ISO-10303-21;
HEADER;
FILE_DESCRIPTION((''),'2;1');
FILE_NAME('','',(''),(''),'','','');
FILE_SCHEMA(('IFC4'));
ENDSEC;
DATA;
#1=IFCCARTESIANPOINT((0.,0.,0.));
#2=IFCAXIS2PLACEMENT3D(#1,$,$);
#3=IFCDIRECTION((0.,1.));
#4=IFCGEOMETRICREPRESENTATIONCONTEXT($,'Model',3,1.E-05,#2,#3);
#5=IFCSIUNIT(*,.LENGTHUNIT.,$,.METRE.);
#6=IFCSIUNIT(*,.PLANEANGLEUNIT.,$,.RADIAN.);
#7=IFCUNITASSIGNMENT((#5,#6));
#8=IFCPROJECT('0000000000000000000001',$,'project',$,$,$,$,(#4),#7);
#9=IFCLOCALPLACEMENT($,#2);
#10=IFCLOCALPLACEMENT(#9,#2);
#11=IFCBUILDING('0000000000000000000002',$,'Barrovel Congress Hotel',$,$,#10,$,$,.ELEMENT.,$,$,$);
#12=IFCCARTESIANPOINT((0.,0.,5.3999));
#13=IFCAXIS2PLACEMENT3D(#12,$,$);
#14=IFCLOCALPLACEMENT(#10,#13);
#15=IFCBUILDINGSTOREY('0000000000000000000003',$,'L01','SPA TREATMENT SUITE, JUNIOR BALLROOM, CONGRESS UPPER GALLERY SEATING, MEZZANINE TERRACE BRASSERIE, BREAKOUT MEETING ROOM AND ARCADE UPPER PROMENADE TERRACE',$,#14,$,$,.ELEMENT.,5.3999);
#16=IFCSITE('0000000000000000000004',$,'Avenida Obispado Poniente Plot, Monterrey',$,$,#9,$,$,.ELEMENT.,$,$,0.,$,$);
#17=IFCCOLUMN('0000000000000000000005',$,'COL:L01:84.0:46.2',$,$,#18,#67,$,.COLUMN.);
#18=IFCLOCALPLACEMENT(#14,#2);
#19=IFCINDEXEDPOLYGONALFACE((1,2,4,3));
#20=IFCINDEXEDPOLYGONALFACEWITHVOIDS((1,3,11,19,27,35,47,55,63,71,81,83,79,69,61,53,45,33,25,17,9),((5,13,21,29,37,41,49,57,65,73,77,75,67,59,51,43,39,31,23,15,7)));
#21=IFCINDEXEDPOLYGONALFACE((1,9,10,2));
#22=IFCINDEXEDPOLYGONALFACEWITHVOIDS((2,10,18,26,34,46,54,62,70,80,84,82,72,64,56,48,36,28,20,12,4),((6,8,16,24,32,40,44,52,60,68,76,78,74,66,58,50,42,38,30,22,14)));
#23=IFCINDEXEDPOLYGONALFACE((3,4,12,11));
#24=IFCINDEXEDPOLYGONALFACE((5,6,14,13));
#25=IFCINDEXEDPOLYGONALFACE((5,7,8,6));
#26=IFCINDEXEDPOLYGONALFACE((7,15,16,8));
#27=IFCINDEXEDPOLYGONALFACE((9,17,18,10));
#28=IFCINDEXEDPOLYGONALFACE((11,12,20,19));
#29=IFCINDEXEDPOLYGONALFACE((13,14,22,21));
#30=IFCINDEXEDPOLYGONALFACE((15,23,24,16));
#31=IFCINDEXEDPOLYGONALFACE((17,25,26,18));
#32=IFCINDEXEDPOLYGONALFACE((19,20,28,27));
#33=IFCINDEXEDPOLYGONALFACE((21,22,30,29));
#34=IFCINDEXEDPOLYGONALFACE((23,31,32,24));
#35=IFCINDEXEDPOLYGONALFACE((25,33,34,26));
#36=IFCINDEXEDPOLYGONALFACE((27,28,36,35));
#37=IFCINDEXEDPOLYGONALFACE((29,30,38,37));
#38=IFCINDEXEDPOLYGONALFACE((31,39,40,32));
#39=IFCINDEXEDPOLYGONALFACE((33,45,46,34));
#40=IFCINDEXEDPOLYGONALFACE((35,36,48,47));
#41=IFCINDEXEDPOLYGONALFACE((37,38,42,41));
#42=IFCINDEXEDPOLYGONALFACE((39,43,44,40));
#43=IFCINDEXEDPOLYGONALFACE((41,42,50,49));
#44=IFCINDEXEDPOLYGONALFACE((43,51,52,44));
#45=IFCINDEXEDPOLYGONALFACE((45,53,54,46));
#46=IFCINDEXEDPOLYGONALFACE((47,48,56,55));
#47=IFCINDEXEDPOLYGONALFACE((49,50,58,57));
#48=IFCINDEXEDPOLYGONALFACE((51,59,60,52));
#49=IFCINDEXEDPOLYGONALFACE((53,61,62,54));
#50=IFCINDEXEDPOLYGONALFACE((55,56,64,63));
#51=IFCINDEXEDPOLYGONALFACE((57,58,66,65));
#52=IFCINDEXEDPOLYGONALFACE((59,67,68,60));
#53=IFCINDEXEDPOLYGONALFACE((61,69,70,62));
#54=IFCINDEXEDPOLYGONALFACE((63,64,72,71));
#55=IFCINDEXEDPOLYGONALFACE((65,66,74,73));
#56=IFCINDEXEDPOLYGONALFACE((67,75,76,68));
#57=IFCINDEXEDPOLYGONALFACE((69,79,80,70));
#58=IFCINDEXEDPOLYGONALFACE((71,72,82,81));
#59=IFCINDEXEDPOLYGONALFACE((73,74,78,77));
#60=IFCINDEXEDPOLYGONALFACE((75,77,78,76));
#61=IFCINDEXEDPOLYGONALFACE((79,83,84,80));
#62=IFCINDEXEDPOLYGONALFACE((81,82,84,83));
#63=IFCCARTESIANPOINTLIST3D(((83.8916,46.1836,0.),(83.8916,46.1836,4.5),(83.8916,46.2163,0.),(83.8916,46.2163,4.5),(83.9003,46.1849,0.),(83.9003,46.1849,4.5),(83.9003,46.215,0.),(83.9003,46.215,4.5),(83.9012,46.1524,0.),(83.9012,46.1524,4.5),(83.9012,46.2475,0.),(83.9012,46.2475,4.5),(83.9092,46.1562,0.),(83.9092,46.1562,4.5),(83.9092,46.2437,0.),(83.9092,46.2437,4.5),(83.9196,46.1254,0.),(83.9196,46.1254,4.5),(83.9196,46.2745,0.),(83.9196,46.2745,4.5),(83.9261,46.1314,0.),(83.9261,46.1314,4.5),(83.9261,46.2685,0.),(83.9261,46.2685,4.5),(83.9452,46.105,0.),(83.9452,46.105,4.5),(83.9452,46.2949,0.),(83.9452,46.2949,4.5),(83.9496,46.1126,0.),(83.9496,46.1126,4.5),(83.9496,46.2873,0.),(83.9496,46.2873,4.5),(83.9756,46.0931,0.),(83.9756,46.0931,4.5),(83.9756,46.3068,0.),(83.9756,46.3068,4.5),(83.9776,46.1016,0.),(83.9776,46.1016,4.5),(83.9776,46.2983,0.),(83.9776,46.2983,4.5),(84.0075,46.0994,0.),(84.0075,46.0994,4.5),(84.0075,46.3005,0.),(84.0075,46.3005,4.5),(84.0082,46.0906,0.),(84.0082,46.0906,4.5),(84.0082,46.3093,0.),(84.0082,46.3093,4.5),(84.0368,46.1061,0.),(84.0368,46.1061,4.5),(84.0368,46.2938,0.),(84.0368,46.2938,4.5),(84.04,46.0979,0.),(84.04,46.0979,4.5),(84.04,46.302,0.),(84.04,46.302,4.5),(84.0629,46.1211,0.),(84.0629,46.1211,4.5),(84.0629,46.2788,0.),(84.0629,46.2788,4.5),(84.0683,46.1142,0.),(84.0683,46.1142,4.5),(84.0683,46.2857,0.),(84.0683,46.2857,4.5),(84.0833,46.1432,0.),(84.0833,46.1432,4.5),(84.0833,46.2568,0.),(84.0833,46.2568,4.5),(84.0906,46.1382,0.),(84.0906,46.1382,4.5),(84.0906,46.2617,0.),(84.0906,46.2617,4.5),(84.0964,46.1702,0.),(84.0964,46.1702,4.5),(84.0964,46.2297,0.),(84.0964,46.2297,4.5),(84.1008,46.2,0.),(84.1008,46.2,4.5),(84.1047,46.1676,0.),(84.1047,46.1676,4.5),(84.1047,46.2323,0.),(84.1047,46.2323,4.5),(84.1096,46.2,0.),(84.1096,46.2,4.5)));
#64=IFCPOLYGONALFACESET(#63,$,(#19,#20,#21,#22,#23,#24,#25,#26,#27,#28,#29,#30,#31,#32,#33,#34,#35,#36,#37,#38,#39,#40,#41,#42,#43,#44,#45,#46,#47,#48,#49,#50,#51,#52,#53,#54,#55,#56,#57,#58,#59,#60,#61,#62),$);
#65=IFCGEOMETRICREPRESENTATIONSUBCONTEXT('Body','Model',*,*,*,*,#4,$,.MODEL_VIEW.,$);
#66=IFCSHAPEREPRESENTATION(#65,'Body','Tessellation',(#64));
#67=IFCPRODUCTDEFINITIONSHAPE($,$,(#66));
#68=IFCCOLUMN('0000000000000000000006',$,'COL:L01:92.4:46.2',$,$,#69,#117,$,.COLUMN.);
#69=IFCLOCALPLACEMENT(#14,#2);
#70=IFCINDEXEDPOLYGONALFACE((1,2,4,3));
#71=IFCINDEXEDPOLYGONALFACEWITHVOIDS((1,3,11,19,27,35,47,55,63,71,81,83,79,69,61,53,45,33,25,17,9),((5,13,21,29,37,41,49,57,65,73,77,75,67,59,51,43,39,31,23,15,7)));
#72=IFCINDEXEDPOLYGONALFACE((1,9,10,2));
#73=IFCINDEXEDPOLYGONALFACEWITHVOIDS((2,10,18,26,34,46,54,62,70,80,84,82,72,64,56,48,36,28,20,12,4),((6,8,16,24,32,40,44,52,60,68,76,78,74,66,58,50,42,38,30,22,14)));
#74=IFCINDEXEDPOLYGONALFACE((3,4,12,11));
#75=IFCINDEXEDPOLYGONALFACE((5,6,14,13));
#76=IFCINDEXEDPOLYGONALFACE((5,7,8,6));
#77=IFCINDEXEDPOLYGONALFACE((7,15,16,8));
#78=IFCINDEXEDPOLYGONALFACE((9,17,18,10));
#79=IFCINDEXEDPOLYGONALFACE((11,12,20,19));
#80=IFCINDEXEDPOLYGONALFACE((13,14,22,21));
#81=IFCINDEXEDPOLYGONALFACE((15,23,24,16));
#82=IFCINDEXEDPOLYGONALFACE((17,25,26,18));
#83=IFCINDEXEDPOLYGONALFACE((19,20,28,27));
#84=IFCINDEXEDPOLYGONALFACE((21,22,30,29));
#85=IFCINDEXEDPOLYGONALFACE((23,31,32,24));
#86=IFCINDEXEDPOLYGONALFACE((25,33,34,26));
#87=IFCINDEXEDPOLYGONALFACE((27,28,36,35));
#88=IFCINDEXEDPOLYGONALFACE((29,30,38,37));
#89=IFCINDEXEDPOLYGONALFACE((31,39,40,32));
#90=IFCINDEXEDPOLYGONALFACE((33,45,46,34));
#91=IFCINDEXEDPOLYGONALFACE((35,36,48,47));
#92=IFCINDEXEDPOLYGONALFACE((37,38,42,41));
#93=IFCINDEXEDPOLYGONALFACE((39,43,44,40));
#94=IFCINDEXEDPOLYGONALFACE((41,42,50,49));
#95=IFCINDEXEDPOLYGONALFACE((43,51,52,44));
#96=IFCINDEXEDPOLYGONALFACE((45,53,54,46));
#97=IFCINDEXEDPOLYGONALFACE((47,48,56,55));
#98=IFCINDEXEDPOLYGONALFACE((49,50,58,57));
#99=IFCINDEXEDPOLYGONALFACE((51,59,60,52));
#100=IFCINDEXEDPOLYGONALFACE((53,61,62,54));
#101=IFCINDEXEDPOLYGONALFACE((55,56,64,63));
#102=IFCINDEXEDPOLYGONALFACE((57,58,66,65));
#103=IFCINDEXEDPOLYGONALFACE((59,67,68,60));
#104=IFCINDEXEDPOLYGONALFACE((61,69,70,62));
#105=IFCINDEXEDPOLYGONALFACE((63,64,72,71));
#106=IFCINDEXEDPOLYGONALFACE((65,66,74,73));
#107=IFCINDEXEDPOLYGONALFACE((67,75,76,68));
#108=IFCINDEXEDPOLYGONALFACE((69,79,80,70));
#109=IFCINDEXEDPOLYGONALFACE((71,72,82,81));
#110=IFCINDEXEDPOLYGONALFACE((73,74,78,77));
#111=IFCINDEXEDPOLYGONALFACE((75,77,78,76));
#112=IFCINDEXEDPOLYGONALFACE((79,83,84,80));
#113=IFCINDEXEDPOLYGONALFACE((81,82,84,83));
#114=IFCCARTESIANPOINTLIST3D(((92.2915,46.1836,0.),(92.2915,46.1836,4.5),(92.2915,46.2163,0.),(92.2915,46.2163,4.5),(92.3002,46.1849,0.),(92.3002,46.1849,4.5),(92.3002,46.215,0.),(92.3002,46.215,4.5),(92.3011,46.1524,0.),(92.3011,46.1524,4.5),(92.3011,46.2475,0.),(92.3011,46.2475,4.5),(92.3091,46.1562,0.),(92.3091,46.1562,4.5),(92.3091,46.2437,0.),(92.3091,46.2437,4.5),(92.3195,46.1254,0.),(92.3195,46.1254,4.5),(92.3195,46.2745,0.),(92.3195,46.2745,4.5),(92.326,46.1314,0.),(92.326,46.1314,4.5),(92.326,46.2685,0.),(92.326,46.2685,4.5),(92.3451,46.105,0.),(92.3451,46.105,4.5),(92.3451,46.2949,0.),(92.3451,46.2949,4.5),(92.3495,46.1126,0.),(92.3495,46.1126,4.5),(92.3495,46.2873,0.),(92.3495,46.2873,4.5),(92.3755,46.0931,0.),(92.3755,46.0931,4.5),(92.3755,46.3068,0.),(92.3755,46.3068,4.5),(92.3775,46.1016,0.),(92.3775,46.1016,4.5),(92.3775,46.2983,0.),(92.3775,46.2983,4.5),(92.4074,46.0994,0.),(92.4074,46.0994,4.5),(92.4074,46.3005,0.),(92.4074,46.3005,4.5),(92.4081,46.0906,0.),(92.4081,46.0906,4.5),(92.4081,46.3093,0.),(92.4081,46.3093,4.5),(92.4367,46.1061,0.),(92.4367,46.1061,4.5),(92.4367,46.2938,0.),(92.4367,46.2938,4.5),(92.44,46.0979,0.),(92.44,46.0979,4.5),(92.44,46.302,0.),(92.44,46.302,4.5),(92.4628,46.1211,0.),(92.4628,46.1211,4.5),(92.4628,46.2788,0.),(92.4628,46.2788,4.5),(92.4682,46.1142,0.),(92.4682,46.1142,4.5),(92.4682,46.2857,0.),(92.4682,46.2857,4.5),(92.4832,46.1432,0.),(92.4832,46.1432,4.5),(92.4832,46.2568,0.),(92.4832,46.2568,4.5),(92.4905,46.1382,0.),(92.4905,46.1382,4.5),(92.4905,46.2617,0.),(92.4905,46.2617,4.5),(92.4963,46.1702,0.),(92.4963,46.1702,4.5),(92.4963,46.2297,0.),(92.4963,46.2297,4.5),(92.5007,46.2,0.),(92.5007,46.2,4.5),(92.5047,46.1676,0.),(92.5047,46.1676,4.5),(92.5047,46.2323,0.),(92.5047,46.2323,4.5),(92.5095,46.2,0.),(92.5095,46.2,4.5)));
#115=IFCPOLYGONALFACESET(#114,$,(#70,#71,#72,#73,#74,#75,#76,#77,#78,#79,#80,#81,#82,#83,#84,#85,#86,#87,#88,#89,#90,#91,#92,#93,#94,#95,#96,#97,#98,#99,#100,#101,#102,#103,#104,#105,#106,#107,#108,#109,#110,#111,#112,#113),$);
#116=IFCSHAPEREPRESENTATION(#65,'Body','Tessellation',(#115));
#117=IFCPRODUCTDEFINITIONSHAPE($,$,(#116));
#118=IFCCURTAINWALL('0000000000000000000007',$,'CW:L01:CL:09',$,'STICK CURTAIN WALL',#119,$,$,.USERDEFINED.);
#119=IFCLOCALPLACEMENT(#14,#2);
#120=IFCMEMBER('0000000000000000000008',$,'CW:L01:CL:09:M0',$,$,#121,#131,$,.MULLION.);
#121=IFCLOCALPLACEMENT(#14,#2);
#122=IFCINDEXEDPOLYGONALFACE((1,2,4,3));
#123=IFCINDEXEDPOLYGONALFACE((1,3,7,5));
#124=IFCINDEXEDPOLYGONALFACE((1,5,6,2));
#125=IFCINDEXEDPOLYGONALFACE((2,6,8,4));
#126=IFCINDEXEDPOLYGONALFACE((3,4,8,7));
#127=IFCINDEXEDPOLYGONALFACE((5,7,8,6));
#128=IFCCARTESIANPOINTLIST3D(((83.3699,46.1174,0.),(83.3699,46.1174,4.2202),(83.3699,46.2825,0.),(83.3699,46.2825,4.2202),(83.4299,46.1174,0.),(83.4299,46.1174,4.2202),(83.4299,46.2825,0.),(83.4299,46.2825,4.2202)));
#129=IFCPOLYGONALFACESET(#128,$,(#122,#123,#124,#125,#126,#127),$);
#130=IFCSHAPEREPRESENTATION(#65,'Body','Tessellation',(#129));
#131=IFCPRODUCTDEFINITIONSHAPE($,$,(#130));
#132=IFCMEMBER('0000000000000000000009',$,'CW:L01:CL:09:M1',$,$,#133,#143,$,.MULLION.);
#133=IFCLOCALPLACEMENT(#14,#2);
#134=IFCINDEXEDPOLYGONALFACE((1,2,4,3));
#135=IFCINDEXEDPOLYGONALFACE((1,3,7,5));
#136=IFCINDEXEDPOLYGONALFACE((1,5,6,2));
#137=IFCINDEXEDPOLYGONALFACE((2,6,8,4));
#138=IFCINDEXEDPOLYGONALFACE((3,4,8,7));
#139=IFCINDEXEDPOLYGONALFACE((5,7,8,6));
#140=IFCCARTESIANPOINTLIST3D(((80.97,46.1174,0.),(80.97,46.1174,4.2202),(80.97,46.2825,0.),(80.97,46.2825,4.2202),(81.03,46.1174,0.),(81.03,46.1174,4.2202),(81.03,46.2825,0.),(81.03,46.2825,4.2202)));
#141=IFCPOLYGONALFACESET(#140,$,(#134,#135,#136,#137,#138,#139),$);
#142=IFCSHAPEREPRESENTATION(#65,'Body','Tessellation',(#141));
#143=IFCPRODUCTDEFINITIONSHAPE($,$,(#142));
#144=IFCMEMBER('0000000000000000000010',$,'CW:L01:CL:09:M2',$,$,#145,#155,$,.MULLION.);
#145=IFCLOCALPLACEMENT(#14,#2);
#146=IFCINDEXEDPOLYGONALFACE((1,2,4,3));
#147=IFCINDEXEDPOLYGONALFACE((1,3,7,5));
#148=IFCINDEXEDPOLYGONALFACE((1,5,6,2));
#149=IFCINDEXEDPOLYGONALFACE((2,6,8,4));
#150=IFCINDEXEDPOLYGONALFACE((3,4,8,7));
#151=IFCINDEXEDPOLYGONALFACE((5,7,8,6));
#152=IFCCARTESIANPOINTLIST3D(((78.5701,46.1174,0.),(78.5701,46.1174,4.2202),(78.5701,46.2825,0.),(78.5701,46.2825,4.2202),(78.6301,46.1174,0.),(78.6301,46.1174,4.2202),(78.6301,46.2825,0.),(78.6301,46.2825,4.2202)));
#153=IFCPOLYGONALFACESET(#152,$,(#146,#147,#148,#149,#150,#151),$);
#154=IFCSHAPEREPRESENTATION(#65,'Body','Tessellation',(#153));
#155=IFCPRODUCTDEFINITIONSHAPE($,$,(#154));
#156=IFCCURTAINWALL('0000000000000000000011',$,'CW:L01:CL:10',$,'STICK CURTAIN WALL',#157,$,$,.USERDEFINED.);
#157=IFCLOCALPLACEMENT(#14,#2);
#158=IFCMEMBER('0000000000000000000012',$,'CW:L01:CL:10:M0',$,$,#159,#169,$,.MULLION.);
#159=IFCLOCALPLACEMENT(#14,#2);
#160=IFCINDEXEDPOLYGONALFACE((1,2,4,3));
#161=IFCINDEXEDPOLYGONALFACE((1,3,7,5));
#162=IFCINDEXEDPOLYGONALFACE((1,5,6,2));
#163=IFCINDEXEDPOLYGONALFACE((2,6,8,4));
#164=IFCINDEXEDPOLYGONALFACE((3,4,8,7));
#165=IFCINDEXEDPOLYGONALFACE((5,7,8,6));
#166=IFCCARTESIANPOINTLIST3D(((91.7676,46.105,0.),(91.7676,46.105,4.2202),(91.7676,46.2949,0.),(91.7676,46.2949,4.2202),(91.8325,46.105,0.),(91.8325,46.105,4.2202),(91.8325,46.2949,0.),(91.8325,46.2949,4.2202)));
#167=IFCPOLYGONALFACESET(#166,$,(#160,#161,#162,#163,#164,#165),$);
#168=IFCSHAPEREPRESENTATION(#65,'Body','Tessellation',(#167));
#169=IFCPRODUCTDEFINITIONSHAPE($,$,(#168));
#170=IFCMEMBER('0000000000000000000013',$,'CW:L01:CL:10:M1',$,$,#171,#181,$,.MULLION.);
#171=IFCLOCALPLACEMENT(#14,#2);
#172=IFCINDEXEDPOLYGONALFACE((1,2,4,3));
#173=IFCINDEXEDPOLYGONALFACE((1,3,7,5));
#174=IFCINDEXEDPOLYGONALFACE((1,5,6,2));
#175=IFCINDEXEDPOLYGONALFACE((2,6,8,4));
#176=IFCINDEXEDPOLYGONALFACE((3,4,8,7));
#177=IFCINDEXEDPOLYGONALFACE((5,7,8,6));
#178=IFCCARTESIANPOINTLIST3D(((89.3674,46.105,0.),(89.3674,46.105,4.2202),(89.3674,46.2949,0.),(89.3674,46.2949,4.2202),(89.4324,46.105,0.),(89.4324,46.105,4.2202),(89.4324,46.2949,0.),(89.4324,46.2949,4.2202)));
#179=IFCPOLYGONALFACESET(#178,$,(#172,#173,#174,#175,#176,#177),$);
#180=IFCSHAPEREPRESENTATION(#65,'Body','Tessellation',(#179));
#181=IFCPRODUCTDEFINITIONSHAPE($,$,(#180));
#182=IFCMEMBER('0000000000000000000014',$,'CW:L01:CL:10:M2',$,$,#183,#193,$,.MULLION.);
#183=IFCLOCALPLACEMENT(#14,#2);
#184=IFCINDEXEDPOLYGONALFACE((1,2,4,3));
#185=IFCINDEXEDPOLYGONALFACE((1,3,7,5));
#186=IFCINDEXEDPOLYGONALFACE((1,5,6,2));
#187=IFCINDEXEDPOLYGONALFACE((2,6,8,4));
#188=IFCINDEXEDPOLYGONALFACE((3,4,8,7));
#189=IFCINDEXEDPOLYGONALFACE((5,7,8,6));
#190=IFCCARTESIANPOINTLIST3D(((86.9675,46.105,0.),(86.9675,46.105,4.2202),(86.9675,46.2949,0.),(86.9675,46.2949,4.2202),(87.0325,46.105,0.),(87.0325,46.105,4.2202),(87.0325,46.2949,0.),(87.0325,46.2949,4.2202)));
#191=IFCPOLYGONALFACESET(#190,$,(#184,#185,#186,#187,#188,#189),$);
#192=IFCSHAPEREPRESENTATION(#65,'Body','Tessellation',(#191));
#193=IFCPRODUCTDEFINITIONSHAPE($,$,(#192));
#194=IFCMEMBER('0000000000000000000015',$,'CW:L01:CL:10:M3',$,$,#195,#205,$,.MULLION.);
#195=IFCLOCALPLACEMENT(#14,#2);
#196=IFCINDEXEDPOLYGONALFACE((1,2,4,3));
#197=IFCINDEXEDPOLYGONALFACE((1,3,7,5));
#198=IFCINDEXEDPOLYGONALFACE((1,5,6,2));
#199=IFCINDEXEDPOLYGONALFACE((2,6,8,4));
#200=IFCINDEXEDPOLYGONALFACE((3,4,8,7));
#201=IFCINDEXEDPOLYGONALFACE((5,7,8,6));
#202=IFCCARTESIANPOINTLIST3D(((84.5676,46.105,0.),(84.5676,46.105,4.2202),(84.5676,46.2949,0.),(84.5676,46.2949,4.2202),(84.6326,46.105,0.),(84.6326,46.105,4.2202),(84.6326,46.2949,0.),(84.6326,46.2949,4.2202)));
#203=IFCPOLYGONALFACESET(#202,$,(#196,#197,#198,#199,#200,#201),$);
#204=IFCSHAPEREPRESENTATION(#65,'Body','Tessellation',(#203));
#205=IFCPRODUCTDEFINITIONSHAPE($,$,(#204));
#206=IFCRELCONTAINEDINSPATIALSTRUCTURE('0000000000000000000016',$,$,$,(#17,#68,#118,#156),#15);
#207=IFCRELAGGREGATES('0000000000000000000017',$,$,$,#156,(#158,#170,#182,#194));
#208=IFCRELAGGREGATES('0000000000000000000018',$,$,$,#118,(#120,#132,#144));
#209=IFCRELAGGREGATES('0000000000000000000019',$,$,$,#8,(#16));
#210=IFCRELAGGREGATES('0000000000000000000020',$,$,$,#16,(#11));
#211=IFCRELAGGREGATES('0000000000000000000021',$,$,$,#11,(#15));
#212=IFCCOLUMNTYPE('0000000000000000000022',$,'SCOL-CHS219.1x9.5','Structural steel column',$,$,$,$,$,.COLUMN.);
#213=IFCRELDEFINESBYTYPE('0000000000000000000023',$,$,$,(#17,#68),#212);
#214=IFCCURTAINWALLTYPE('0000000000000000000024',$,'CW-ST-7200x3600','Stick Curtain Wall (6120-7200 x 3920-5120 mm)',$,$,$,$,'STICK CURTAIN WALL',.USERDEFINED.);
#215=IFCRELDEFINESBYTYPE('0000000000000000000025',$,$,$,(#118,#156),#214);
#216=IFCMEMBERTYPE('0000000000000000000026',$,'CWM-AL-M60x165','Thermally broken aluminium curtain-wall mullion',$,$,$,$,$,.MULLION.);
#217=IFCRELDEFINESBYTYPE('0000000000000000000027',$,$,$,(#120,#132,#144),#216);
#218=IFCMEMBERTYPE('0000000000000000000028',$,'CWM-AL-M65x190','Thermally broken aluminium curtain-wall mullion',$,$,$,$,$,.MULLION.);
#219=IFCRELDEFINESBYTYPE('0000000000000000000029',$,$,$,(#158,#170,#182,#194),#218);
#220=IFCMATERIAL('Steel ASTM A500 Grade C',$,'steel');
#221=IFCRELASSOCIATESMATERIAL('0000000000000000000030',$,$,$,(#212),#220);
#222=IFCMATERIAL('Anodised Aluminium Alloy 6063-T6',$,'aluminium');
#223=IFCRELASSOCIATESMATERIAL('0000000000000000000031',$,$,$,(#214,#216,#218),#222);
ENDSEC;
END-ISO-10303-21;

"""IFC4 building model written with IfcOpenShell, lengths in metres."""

from ifc_helpers import new_model, si_unit, direction, frame, origin, origin_2d, place, context, subcontext, project, spatial, rectangle, hollow_circle, extrude, material, material_profile, profile_set, type_object, element, aggregate, save


model = new_model("IFC4")

# Units and contexts
model_context = context("Model", 3, precision=1e-05, world=origin(), true_north=direction((0.0, 1.0)))
body_context = subcontext(model_context, "Body", "Model", "MODEL_VIEW")
ifc_project = project(units=[si_unit("LENGTHUNIT", "METRE"), si_unit("PLANEANGLEUNIT", "RADIAN")], contexts=[model_context])

# Site, building, storey
site_placement = place(None, origin())
site = spatial("IfcSite", under=ifc_project, at=site_placement, Name="Avenida Obispado Poniente Plot, Monterrey", CompositionType="ELEMENT", RefElevation=0.0)
building_placement = place(site_placement, origin())
building = spatial("IfcBuilding", under=site, at=building_placement, Name="Barrovel Congress Hotel", CompositionType="ELEMENT")
storey_placement = place(building_placement, frame((0.0, 0.0, 5.3999)))
storey = spatial("IfcBuildingStorey", under=building, at=storey_placement, Name="L01", Description="SPA TREATMENT SUITE, JUNIOR BALLROOM, CONGRESS UPPER GALLERY SEATING, MEZZANINE TERRACE BRASSERIE, BREAKOUT MEETING ROOM AND ARCADE UPPER PROMENADE TERRACE", CompositionType="ELEMENT", Elevation=5.3999)

# Columns
ifc_material_1 = material(Name="Steel ASTM A500 Grade C", Category="steel")
ifc_material_profile_1 = material_profile(ifc_material_1, hollow_circle(Radius=0.1096, WallThickness=0.0088, at=origin_2d()), Name="CHS219.1x9.5")
ifc_profile_set_1 = profile_set([ifc_material_profile_1], Name="Steel ASTM A500 Grade C")
column_type = type_object("IfcColumnType", Name="SCOL-CHS219.1x9.5", Description="Structural steel column", PredefinedType="COLUMN", material=ifc_profile_set_1)
for number, where, z_axis, x_axis, name in (
    (1, (84.0, 46.2, 0.0), (0.0, 0.0, 1.0), (1.0, 0.0, 0.0), "COL:L01:84.0:46.2"),
    (2, (92.3999, 46.2, 0.0), (0.0, 0.0, 1.0), (1.0, 0.0, 0.0), "COL:L01:92.4:46.2"),
):
    element("IfcColumn", number, at=place(storey_placement, frame(where, z_axis=z_axis, x_axis=x_axis)), inside=storey, type_object=column_type, Name=name, PredefinedType="COLUMN", context=body_context, shape_type="SweptSolid", body=[
        extrude(hollow_circle(Radius=0.1096, WallThickness=0.0088, at=origin_2d()), origin(), (0.0, 0.0, 1.0), 4.5),
    ])

# Curtain walls, members
ifc_material_2 = material(Name="Anodised Aluminium Alloy 6063-T6", Category="aluminium")
curtain_wall_type = type_object("IfcCurtainWallType", Name="CW-ST-7200x3600", Description="Stick Curtain Wall (6120-7200 x 3920-5120 mm)", ElementType="STICK CURTAIN WALL", PredefinedType="USERDEFINED", material=ifc_material_2)
curtain_wall_1_placement = place(storey_placement, origin())
curtain_wall_1 = element("IfcCurtainWall", 3, at=curtain_wall_1_placement, inside=storey, type_object=curtain_wall_type, Name="CW:L01:CL:09", ObjectType="STICK CURTAIN WALL", PredefinedType="USERDEFINED")
ifc_material_profile_2 = material_profile(ifc_material_2, rectangle(XDim=0.0601, YDim=0.165, at=origin_2d()), Name="AL-M60x165")
ifc_profile_set_2 = profile_set([ifc_material_profile_2], Name="Anodised Aluminium Alloy 6063-T6")
member_type_1 = type_object("IfcMemberType", Name="CWM-AL-M60x165", Description="Thermally broken aluminium curtain-wall mullion", PredefinedType="MULLION", material=ifc_profile_set_2)
member_1_placement = place(storey_placement, frame((83.3999, 46.2, 0.0), z_axis=(0.0, 0.0, 1.0), x_axis=(1.0, 0.0, 0.0)))
member_1 = element("IfcMember", 4, at=member_1_placement, type_object=member_type_1, Name="CW:L01:CL:09:M0", PredefinedType="MULLION", context=body_context, shape_type="SweptSolid", body=[
    extrude(rectangle(XDim=0.0601, YDim=0.165, at=origin_2d()), origin(), (0.0, 0.0, 1.0), 4.2202),
])
member_2_placement = place(storey_placement, frame((81.0, 46.2, 0.0), z_axis=(0.0, 0.0, 1.0), x_axis=(1.0, 0.0, 0.0)))
member_2 = element("IfcMember", 5, at=member_2_placement, type_object=member_type_1, Name="CW:L01:CL:09:M1", PredefinedType="MULLION", context=body_context, shape_type="SweptSolid", body=[
    extrude(rectangle(XDim=0.0601, YDim=0.165, at=origin_2d()), origin(), (0.0, 0.0, 1.0), 4.2202),
])
member_3_placement = place(storey_placement, frame((78.6001, 46.2, 0.0), z_axis=(0.0, 0.0, 1.0), x_axis=(1.0, 0.0, 0.0)))
member_3 = element("IfcMember", 6, at=member_3_placement, type_object=member_type_1, Name="CW:L01:CL:09:M2", PredefinedType="MULLION", context=body_context, shape_type="SweptSolid", body=[
    extrude(rectangle(XDim=0.0601, YDim=0.165, at=origin_2d()), origin(), (0.0, 0.0, 1.0), 4.2202),
])
curtain_wall_2_placement = place(storey_placement, origin())
curtain_wall_2 = element("IfcCurtainWall", 7, at=curtain_wall_2_placement, inside=storey, type_object=curtain_wall_type, Name="CW:L01:CL:10", ObjectType="STICK CURTAIN WALL", PredefinedType="USERDEFINED")
ifc_material_profile_3 = material_profile(ifc_material_2, rectangle(XDim=0.0649, YDim=0.1899, at=origin_2d()), Name="AL-M65x190")
ifc_profile_set_3 = profile_set([ifc_material_profile_3], Name="Anodised Aluminium Alloy 6063-T6")
member_type_2 = type_object("IfcMemberType", Name="CWM-AL-M65x190", Description="Thermally broken aluminium curtain-wall mullion", PredefinedType="MULLION", material=ifc_profile_set_3)
member_4_placement = place(storey_placement, frame((91.8, 46.2, 0.0), z_axis=(0.0, 0.0, 1.0), x_axis=(1.0, 0.0, 0.0)))
member_4 = element("IfcMember", 8, at=member_4_placement, type_object=member_type_2, Name="CW:L01:CL:10:M0", PredefinedType="MULLION", context=body_context, shape_type="SweptSolid", body=[
    extrude(rectangle(XDim=0.0649, YDim=0.1899, at=origin_2d()), origin(), (0.0, 0.0, 1.0), 4.2202),
])
member_5_placement = place(storey_placement, frame((89.3999, 46.2, 0.0), z_axis=(0.0, 0.0, 1.0), x_axis=(1.0, 0.0, 0.0)))
member_5 = element("IfcMember", 9, at=member_5_placement, type_object=member_type_2, Name="CW:L01:CL:10:M1", PredefinedType="MULLION", context=body_context, shape_type="SweptSolid", body=[
    extrude(rectangle(XDim=0.0649, YDim=0.1899, at=origin_2d()), origin(), (0.0, 0.0, 1.0), 4.2202),
])
member_6_placement = place(storey_placement, frame((87.0, 46.2, 0.0), z_axis=(0.0, 0.0, 1.0), x_axis=(1.0, 0.0, 0.0)))
member_6 = element("IfcMember", 10, at=member_6_placement, type_object=member_type_2, Name="CW:L01:CL:10:M2", PredefinedType="MULLION", context=body_context, shape_type="SweptSolid", body=[
    extrude(rectangle(XDim=0.0649, YDim=0.1899, at=origin_2d()), origin(), (0.0, 0.0, 1.0), 4.2202),
])
member_7_placement = place(storey_placement, frame((84.6001, 46.2, 0.0), z_axis=(0.0, 0.0, 1.0), x_axis=(1.0, 0.0, 0.0)))
member_7 = element("IfcMember", 11, at=member_7_placement, type_object=member_type_2, Name="CW:L01:CL:10:M3", PredefinedType="MULLION", context=body_context, shape_type="SweptSolid", body=[
    extrude(rectangle(XDim=0.0649, YDim=0.1899, at=origin_2d()), origin(), (0.0, 0.0, 1.0), 4.2202),
])

aggregate(curtain_wall_2, [member_4, member_5, member_6, member_7])
aggregate(curtain_wall_1, [member_1, member_2, member_3])

save(model, "model.ifc")
